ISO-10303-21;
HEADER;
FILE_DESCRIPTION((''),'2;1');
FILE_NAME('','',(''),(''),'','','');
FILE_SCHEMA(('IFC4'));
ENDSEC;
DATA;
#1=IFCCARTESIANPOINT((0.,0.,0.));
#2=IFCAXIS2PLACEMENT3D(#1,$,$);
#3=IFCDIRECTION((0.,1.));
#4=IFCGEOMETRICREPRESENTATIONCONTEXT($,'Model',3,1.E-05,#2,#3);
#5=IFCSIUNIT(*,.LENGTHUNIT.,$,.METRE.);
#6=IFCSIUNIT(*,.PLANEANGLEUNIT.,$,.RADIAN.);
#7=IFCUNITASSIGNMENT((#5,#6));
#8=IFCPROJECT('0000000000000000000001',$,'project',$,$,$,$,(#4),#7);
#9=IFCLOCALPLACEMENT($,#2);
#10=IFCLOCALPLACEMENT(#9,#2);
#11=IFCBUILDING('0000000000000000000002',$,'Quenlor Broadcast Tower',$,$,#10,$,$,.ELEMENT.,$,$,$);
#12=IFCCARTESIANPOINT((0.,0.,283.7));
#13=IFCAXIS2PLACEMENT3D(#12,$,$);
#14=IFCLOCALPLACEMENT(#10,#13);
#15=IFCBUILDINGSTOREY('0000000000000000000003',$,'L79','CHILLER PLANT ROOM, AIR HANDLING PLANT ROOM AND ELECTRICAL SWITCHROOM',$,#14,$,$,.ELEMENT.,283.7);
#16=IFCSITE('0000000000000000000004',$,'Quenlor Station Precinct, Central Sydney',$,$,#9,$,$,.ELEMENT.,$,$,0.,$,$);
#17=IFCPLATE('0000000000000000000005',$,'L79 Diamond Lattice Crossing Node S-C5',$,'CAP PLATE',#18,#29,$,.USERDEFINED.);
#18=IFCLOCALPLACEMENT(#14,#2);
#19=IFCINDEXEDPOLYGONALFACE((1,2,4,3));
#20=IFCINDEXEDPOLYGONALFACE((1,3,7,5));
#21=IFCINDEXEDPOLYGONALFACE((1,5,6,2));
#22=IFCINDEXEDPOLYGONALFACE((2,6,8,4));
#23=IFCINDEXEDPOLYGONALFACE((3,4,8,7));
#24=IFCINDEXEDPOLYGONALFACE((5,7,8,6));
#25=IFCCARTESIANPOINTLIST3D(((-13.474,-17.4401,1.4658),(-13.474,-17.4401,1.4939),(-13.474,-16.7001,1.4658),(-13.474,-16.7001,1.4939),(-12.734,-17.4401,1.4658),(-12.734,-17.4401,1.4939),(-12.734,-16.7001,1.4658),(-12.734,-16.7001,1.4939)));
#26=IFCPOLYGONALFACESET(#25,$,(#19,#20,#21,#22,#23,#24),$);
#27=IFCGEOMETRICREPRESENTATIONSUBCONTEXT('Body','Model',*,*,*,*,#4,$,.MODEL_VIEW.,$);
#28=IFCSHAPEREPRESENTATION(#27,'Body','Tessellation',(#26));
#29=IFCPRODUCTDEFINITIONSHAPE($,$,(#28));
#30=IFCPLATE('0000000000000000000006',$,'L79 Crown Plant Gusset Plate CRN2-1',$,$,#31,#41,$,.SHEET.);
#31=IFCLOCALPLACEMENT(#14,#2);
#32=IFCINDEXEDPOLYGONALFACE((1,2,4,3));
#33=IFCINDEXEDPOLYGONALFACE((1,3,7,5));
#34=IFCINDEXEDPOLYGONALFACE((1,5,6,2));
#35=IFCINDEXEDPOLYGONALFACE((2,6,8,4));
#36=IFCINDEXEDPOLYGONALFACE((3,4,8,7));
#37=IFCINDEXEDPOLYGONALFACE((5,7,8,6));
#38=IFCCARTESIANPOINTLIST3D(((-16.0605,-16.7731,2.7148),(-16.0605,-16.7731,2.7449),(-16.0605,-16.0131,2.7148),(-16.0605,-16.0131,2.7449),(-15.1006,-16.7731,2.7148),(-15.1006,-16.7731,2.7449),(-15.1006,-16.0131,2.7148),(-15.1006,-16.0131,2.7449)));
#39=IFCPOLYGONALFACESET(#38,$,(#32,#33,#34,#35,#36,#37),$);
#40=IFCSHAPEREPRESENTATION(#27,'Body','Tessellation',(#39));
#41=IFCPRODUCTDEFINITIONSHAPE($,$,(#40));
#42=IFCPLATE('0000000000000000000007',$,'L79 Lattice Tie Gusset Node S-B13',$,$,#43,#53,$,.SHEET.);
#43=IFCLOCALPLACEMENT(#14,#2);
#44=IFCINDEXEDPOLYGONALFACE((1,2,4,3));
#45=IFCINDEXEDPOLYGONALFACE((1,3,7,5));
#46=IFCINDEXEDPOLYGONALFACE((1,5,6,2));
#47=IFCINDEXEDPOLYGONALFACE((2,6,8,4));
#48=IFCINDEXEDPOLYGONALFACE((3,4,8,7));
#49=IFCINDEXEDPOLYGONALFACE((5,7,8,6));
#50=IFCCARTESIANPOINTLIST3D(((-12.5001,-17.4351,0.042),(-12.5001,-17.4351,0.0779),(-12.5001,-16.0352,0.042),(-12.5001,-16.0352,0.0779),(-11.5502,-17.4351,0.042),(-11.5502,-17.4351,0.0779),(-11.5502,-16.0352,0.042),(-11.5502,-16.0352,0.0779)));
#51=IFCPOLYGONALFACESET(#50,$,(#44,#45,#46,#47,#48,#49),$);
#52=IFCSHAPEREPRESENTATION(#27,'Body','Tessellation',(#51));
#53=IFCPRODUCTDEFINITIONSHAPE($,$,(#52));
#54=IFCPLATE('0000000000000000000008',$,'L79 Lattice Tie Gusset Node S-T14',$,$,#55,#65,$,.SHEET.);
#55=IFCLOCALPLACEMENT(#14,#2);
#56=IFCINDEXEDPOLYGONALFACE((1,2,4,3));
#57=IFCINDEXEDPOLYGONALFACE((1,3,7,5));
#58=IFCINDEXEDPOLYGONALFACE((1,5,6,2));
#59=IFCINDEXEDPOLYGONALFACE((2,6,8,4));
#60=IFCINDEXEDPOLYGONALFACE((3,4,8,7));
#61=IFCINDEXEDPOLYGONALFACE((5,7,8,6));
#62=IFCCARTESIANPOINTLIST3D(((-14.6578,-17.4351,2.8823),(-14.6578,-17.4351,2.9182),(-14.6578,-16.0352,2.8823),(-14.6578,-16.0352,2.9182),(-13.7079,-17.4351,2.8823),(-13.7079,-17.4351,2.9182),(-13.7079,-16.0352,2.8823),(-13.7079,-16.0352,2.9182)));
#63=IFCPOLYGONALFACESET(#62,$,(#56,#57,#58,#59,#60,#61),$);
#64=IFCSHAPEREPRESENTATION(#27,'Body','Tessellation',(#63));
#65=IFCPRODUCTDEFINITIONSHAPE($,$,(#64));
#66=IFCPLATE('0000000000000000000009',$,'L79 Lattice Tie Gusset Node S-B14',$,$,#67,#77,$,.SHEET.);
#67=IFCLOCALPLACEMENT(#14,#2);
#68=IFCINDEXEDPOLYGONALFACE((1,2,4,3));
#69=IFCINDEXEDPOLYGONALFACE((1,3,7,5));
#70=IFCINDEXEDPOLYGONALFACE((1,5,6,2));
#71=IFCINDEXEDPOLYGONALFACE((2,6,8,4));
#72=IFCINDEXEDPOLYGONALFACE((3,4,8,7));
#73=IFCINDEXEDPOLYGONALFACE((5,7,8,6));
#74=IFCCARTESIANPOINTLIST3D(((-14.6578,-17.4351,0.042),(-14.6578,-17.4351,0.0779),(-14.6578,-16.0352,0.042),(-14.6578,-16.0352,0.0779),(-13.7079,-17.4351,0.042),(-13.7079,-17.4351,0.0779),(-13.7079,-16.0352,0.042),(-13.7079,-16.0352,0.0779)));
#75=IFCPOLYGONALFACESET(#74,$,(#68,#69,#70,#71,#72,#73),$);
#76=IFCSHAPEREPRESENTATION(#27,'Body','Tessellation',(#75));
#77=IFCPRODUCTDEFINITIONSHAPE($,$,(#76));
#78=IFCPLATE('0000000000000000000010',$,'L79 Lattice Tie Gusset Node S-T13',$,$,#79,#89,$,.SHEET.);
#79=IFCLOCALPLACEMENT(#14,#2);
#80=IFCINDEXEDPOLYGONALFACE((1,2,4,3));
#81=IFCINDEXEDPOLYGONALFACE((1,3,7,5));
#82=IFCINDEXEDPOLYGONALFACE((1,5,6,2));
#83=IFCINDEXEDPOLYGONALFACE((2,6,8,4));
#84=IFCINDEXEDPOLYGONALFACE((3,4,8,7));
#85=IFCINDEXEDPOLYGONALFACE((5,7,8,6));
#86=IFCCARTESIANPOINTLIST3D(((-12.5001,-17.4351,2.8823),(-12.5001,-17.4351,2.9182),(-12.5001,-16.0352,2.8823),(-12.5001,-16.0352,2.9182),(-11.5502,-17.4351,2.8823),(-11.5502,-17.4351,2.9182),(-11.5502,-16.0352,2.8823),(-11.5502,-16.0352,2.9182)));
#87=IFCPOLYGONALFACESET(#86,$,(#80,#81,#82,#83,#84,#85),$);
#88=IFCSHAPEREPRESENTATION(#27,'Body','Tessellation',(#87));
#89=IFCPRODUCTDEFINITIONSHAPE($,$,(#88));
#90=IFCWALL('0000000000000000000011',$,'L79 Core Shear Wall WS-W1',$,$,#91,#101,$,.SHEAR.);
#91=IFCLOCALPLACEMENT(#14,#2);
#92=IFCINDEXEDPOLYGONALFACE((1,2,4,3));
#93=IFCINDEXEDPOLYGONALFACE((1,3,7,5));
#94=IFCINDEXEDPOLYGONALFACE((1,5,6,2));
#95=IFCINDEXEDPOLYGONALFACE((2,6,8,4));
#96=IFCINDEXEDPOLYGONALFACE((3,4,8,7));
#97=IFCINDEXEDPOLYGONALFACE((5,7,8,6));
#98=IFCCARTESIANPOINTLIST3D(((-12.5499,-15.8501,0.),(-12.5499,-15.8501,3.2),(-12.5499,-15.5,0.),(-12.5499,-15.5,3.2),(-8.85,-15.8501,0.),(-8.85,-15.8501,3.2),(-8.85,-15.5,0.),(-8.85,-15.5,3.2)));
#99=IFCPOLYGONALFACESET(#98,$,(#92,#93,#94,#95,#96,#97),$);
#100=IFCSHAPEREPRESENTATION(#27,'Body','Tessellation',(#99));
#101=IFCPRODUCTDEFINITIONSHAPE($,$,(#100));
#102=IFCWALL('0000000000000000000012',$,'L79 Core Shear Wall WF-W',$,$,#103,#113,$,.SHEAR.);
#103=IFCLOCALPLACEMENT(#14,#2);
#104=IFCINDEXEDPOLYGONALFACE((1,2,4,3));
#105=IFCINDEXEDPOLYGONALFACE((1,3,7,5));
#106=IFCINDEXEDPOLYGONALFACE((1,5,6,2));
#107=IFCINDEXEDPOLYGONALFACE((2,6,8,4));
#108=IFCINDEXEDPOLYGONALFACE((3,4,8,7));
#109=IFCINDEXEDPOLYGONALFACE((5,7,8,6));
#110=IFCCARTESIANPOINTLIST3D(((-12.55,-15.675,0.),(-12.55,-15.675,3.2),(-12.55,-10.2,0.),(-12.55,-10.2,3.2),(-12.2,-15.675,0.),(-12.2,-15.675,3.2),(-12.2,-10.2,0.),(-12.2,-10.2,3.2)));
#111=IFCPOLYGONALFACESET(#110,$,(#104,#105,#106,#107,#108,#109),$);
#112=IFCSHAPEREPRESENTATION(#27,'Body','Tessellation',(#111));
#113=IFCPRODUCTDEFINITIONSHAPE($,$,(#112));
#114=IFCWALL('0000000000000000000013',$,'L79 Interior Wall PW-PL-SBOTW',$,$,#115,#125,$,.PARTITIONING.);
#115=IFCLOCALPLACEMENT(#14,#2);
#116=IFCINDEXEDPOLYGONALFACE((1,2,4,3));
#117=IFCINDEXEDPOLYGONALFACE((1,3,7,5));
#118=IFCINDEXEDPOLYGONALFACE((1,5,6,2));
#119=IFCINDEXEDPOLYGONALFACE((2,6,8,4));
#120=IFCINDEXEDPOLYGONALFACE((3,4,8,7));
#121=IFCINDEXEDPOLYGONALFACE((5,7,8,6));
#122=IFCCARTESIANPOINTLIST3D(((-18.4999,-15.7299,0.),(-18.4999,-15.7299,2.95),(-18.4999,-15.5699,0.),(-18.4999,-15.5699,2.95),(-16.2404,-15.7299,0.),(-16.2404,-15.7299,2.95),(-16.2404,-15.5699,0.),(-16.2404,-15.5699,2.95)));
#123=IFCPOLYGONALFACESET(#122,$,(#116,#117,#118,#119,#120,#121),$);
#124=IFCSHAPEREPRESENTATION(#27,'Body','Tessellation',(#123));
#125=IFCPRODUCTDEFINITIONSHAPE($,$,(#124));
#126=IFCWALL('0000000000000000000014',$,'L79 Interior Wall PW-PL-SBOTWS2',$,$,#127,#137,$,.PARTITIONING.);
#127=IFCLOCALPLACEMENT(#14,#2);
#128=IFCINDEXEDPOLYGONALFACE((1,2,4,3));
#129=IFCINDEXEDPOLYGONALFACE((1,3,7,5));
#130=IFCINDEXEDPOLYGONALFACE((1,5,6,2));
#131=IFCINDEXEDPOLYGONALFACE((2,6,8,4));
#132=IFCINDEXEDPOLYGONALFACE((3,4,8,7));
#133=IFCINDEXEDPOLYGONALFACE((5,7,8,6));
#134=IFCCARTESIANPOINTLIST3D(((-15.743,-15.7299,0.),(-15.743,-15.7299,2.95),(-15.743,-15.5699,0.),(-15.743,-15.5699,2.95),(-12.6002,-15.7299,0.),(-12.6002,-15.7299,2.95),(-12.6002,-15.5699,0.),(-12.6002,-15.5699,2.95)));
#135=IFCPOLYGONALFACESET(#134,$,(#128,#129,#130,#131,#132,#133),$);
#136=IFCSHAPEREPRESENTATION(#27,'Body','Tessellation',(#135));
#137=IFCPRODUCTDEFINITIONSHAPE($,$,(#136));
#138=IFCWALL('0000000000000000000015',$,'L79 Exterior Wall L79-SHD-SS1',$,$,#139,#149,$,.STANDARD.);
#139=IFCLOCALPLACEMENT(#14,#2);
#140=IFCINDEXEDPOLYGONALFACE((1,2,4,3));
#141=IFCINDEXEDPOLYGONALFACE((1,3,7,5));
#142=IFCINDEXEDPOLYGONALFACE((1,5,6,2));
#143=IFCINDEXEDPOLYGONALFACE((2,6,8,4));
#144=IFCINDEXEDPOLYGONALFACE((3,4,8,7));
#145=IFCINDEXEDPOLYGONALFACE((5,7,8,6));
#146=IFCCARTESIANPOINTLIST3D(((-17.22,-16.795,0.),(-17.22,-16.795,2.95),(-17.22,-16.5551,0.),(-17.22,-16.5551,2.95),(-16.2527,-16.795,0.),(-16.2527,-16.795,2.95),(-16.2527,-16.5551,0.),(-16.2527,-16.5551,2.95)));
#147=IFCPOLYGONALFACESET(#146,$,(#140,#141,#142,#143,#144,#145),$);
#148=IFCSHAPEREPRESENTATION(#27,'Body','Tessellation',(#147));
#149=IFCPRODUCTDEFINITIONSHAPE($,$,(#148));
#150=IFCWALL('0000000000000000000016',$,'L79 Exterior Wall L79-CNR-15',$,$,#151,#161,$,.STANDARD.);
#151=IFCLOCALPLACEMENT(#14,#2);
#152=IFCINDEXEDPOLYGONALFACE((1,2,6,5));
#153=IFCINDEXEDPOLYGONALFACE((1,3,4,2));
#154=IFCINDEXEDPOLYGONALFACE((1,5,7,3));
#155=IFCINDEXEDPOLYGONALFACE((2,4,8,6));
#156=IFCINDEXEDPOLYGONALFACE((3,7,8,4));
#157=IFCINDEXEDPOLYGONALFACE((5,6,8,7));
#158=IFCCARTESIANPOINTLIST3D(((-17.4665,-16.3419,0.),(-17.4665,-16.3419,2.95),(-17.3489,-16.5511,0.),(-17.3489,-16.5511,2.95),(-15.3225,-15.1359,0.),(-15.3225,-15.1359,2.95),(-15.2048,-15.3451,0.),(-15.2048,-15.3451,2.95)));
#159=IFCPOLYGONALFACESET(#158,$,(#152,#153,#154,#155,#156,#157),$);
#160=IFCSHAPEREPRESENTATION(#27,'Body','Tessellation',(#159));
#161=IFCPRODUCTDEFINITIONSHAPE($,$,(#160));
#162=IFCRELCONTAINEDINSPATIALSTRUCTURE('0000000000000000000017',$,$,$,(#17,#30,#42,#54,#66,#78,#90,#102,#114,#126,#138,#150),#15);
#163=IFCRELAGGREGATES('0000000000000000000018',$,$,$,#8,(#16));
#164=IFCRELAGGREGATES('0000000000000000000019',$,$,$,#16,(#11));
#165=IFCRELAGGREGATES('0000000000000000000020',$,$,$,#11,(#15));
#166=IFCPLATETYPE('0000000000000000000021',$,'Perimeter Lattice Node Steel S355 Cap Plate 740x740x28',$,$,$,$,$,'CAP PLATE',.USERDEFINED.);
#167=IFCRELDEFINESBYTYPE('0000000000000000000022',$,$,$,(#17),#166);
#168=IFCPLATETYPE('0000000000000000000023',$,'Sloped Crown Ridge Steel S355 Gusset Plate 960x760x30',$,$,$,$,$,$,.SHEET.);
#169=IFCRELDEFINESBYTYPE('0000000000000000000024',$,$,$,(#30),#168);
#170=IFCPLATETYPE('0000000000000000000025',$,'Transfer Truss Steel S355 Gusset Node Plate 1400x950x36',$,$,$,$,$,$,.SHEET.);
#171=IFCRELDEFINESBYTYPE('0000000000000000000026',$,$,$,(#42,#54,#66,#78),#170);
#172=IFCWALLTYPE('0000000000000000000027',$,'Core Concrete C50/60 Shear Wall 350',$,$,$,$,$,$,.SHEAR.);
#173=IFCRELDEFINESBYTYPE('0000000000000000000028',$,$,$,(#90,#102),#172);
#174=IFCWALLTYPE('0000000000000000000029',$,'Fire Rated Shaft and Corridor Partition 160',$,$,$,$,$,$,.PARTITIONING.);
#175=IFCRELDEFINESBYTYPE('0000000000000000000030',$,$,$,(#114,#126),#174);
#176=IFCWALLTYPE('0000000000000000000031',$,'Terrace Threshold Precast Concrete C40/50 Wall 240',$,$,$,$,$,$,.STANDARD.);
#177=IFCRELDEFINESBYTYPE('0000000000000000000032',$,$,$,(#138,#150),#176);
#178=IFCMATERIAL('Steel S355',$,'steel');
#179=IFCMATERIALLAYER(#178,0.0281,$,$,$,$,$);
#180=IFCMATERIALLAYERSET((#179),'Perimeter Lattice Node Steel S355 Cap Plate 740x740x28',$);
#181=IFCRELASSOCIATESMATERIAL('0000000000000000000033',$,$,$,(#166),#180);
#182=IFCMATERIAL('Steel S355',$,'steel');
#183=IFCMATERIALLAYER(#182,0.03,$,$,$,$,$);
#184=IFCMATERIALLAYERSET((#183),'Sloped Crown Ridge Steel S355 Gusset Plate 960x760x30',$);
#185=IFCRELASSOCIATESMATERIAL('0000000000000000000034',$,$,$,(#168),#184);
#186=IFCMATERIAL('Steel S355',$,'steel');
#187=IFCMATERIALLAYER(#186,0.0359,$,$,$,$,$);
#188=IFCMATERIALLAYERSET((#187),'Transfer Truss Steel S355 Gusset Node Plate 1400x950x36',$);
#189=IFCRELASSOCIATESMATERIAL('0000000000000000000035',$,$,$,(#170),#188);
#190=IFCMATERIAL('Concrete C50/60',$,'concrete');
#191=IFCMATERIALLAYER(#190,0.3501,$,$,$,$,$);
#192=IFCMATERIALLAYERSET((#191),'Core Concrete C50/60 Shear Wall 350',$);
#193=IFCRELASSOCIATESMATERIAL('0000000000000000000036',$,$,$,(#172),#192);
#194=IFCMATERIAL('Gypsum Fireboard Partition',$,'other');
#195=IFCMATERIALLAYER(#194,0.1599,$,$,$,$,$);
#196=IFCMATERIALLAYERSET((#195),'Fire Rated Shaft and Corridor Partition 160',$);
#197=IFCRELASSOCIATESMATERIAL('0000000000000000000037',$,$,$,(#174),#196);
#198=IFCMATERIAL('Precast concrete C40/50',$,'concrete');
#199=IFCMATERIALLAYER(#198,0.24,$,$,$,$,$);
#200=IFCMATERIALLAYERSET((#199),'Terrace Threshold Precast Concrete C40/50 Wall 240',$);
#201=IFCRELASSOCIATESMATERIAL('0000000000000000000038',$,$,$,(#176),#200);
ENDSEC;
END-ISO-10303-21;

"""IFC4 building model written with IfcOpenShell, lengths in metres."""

from ifc_helpers import new_model, si_unit, direction, frame, frame_2d, origin, origin_2d, place, context, subcontext, project, spatial, rectangle, extrude, material, layer, layer_set, type_object, element, save


model = new_model("IFC4")

# Units and contexts
model_context = context("Model", 3, precision=1e-05, world=origin(), true_north=direction((0.0, 1.0)))
body_context = subcontext(model_context, "Body", "Model", "MODEL_VIEW")
ifc_project = project(units=[si_unit("LENGTHUNIT", "METRE"), si_unit("PLANEANGLEUNIT", "RADIAN")], contexts=[model_context])

# Site, building, storey
site_placement = place(None, origin())
site = spatial("IfcSite", under=ifc_project, at=site_placement, Name="Quenlor Station Precinct, Central Sydney", CompositionType="ELEMENT", RefElevation=0.0)
building_placement = place(site_placement, origin())
building = spatial("IfcBuilding", under=site, at=building_placement, Name="Quenlor Broadcast Tower", CompositionType="ELEMENT")
storey_placement = place(building_placement, frame((0.0, 0.0, 283.7)))
storey = spatial("IfcBuildingStorey", under=building, at=storey_placement, Name="L79", Description="CHILLER PLANT ROOM, AIR HANDLING PLANT ROOM AND ELECTRICAL SWITCHROOM", CompositionType="ELEMENT", Elevation=283.7)

# Plates
ifc_material_1 = material(Name="Steel S355", Category="steel")
ifc_layer_1 = layer(ifc_material_1, 0.0281)
ifc_layer_set_1 = layer_set([ifc_layer_1], Name="Perimeter Lattice Node Steel S355 Cap Plate 740x740x28")
plate_type_1 = type_object("IfcPlateType", Name="Perimeter Lattice Node Steel S355 Cap Plate 740x740x28", ElementType="CAP PLATE", PredefinedType="USERDEFINED", material=ifc_layer_set_1)
plate_1_placement = place(storey_placement, frame((-13.104, -17.0701, 1.4658), z_axis=(0.0, 0.0, 1.0), x_axis=(-1.0, 0.0, 0.0)))
element("IfcPlate", 1, at=plate_1_placement, inside=storey, type_object=plate_type_1, Name="L79 Diamond Lattice Crossing Node S-C5", ObjectType="CAP PLATE", PredefinedType="USERDEFINED", context=body_context, shape_type="SweptSolid", body=[
    extrude(rectangle(XDim=0.74, YDim=0.74, at=origin_2d()), origin(), (0.0, 0.0, 1.0), 0.0281),
])
ifc_material_2 = material(Name="Steel S355", Category="steel")
ifc_layer_2 = layer(ifc_material_2, 0.03)
ifc_layer_set_2 = layer_set([ifc_layer_2], Name="Sloped Crown Ridge Steel S355 Gusset Plate 960x760x30")
plate_type_2 = type_object("IfcPlateType", Name="Sloped Crown Ridge Steel S355 Gusset Plate 960x760x30", PredefinedType="SHEET", material=ifc_layer_set_2)
plate_2_placement = place(storey_placement, frame((-15.5806, -16.3931, 2.7148), z_axis=(0.0, 0.0, 1.0), x_axis=(1.0, 0.0, 0.0)))
element("IfcPlate", 2, at=plate_2_placement, inside=storey, type_object=plate_type_2, Name="L79 Crown Plant Gusset Plate CRN2-1", PredefinedType="SHEET", context=body_context, shape_type="SweptSolid", body=[
    extrude(rectangle(XDim=0.96, YDim=0.76, at=origin_2d()), origin(), (0.0, 0.0, 1.0), 0.03),
])
ifc_material_3 = material(Name="Steel S355", Category="steel")
ifc_layer_3 = layer(ifc_material_3, 0.0359)
ifc_layer_set_3 = layer_set([ifc_layer_3], Name="Transfer Truss Steel S355 Gusset Node Plate 1400x950x36")
plate_type_3 = type_object("IfcPlateType", Name="Transfer Truss Steel S355 Gusset Node Plate 1400x950x36", PredefinedType="SHEET", material=ifc_layer_set_3)
for number, where, z_axis, x_axis, name in (
    (3, (-12.0251, -16.7351, 0.042), (0.0, 0.0, 1.0), (0.0, -1.0, 0.0), "L79 Lattice Tie Gusset Node S-B13"),
    (4, (-14.1829, -16.7351, 2.8823), (0.0, 0.0, 1.0), (0.0, -1.0, 0.0), "L79 Lattice Tie Gusset Node S-T14"),
    (5, (-14.1829, -16.7351, 0.042), (0.0, 0.0, 1.0), (0.0, -1.0, 0.0), "L79 Lattice Tie Gusset Node S-B14"),
    (6, (-12.0251, -16.7351, 2.8823), (0.0, 0.0, 1.0), (0.0, -1.0, 0.0), "L79 Lattice Tie Gusset Node S-T13"),
):
    element("IfcPlate", number, at=place(storey_placement, frame(where, z_axis=z_axis, x_axis=x_axis)), inside=storey, type_object=plate_type_3, Name=name, PredefinedType="SHEET", context=body_context, shape_type="SweptSolid", body=[
        extrude(rectangle(XDim=1.3999, YDim=0.95, at=origin_2d()), origin(), (0.0, 0.0, 1.0), 0.0359),
    ])

# Walls
ifc_material_4 = material(Name="Concrete C50/60", Category="concrete")
ifc_layer_4 = layer(ifc_material_4, 0.3501)
ifc_layer_set_4 = layer_set([ifc_layer_4], Name="Core Concrete C50/60 Shear Wall 350")
wall_type_1 = type_object("IfcWallType", Name="Core Concrete C50/60 Shear Wall 350", PredefinedType="SHEAR", material=ifc_layer_set_4)
wall_1_placement = place(storey_placement, frame((-12.55, -15.675, 0.0), z_axis=(0.0, 0.0, 1.0), x_axis=(1.0, 0.0, 0.0)))
element("IfcWall", 7, at=wall_1_placement, inside=storey, type_object=wall_type_1, Name="L79 Core Shear Wall WS-W1", PredefinedType="SHEAR", context=body_context, shape_type="SweptSolid", body=[
    extrude(rectangle(XDim=3.7, YDim=0.3501, at=frame_2d((1.8501, 0.0))), origin(), (0.0, 0.0, 1.0), 3.2),
])
wall_2_placement = place(storey_placement, frame((-12.375, -15.675, 0.0), z_axis=(0.0, 0.0, 1.0), x_axis=(0.0, 1.0, 0.0)))
element("IfcWall", 8, at=wall_2_placement, inside=storey, type_object=wall_type_1, Name="L79 Core Shear Wall WF-W", PredefinedType="SHEAR", context=body_context, shape_type="SweptSolid", body=[
    extrude(rectangle(XDim=5.4751, YDim=0.3501, at=frame_2d((2.7375, 0.0))), origin(), (0.0, 0.0, 1.0), 3.2),
])
ifc_material_5 = material(Name="Gypsum Fireboard Partition", Category="other")
ifc_layer_5 = layer(ifc_material_5, 0.1599)
ifc_layer_set_5 = layer_set([ifc_layer_5], Name="Fire Rated Shaft and Corridor Partition 160")
wall_type_2 = type_object("IfcWallType", Name="Fire Rated Shaft and Corridor Partition 160", PredefinedType="PARTITIONING", material=ifc_layer_set_5)
wall_3_placement = place(storey_placement, frame((-18.5, -15.6499, 0.0), z_axis=(0.0, 0.0, 1.0), x_axis=(1.0, 0.0, 0.0)))
element("IfcWall", 9, at=wall_3_placement, inside=storey, type_object=wall_type_2, Name="L79 Interior Wall PW-PL-SBOTW", PredefinedType="PARTITIONING", context=body_context, shape_type="SweptSolid", body=[
    extrude(rectangle(XDim=2.2595, YDim=0.1599, at=frame_2d((1.1299, 0.0))), origin(), (0.0, 0.0, 1.0), 2.95),
])
wall_4_placement = place(storey_placement, frame((-15.7429, -15.6499, 0.0), z_axis=(0.0, 0.0, 1.0), x_axis=(1.0, 0.0, 0.0)))
element("IfcWall", 10, at=wall_4_placement, inside=storey, type_object=wall_type_2, Name="L79 Interior Wall PW-PL-SBOTWS2", PredefinedType="PARTITIONING", context=body_context, shape_type="SweptSolid", body=[
    extrude(rectangle(XDim=3.1428, YDim=0.1599, at=frame_2d((1.5713, 0.0))), origin(), (0.0, 0.0, 1.0), 2.95),
])
ifc_material_6 = material(Name="Precast concrete C40/50", Category="concrete")
ifc_layer_6 = layer(ifc_material_6, 0.24)
ifc_layer_set_6 = layer_set([ifc_layer_6], Name="Terrace Threshold Precast Concrete C40/50 Wall 240")
wall_type_3 = type_object("IfcWallType", Name="Terrace Threshold Precast Concrete C40/50 Wall 240", PredefinedType="STANDARD", material=ifc_layer_set_6)
wall_5_placement = place(storey_placement, frame((-16.2527, -16.675, 0.0), z_axis=(0.0, 0.0, 1.0), x_axis=(-1.0, 0.0, 0.0)))
element("IfcWall", 11, at=wall_5_placement, inside=storey, type_object=wall_type_3, Name="L79 Exterior Wall L79-SHD-SS1", PredefinedType="STANDARD", context=body_context, shape_type="SweptSolid", body=[
    extrude(rectangle(XDim=0.9673, YDim=0.24, at=frame_2d((0.4836, 0.0))), origin(), (0.0, 0.0, 1.0), 2.95),
])
wall_6_placement = place(storey_placement, frame((-15.2637, -15.2405, 0.0), z_axis=(0.0, 0.0, 1.0), x_axis=(-0.87157, -0.490271, 0.0)))
element("IfcWall", 12, at=wall_6_placement, inside=storey, type_object=wall_type_3, Name="L79 Exterior Wall L79-CNR-15", PredefinedType="STANDARD", context=body_context, shape_type="SweptSolid", body=[
    extrude(rectangle(XDim=2.46, YDim=0.24, at=frame_2d((1.23, 0.0))), origin(), (0.0, 0.0, 1.0), 2.95),
])

save(model, "model.ifc")
